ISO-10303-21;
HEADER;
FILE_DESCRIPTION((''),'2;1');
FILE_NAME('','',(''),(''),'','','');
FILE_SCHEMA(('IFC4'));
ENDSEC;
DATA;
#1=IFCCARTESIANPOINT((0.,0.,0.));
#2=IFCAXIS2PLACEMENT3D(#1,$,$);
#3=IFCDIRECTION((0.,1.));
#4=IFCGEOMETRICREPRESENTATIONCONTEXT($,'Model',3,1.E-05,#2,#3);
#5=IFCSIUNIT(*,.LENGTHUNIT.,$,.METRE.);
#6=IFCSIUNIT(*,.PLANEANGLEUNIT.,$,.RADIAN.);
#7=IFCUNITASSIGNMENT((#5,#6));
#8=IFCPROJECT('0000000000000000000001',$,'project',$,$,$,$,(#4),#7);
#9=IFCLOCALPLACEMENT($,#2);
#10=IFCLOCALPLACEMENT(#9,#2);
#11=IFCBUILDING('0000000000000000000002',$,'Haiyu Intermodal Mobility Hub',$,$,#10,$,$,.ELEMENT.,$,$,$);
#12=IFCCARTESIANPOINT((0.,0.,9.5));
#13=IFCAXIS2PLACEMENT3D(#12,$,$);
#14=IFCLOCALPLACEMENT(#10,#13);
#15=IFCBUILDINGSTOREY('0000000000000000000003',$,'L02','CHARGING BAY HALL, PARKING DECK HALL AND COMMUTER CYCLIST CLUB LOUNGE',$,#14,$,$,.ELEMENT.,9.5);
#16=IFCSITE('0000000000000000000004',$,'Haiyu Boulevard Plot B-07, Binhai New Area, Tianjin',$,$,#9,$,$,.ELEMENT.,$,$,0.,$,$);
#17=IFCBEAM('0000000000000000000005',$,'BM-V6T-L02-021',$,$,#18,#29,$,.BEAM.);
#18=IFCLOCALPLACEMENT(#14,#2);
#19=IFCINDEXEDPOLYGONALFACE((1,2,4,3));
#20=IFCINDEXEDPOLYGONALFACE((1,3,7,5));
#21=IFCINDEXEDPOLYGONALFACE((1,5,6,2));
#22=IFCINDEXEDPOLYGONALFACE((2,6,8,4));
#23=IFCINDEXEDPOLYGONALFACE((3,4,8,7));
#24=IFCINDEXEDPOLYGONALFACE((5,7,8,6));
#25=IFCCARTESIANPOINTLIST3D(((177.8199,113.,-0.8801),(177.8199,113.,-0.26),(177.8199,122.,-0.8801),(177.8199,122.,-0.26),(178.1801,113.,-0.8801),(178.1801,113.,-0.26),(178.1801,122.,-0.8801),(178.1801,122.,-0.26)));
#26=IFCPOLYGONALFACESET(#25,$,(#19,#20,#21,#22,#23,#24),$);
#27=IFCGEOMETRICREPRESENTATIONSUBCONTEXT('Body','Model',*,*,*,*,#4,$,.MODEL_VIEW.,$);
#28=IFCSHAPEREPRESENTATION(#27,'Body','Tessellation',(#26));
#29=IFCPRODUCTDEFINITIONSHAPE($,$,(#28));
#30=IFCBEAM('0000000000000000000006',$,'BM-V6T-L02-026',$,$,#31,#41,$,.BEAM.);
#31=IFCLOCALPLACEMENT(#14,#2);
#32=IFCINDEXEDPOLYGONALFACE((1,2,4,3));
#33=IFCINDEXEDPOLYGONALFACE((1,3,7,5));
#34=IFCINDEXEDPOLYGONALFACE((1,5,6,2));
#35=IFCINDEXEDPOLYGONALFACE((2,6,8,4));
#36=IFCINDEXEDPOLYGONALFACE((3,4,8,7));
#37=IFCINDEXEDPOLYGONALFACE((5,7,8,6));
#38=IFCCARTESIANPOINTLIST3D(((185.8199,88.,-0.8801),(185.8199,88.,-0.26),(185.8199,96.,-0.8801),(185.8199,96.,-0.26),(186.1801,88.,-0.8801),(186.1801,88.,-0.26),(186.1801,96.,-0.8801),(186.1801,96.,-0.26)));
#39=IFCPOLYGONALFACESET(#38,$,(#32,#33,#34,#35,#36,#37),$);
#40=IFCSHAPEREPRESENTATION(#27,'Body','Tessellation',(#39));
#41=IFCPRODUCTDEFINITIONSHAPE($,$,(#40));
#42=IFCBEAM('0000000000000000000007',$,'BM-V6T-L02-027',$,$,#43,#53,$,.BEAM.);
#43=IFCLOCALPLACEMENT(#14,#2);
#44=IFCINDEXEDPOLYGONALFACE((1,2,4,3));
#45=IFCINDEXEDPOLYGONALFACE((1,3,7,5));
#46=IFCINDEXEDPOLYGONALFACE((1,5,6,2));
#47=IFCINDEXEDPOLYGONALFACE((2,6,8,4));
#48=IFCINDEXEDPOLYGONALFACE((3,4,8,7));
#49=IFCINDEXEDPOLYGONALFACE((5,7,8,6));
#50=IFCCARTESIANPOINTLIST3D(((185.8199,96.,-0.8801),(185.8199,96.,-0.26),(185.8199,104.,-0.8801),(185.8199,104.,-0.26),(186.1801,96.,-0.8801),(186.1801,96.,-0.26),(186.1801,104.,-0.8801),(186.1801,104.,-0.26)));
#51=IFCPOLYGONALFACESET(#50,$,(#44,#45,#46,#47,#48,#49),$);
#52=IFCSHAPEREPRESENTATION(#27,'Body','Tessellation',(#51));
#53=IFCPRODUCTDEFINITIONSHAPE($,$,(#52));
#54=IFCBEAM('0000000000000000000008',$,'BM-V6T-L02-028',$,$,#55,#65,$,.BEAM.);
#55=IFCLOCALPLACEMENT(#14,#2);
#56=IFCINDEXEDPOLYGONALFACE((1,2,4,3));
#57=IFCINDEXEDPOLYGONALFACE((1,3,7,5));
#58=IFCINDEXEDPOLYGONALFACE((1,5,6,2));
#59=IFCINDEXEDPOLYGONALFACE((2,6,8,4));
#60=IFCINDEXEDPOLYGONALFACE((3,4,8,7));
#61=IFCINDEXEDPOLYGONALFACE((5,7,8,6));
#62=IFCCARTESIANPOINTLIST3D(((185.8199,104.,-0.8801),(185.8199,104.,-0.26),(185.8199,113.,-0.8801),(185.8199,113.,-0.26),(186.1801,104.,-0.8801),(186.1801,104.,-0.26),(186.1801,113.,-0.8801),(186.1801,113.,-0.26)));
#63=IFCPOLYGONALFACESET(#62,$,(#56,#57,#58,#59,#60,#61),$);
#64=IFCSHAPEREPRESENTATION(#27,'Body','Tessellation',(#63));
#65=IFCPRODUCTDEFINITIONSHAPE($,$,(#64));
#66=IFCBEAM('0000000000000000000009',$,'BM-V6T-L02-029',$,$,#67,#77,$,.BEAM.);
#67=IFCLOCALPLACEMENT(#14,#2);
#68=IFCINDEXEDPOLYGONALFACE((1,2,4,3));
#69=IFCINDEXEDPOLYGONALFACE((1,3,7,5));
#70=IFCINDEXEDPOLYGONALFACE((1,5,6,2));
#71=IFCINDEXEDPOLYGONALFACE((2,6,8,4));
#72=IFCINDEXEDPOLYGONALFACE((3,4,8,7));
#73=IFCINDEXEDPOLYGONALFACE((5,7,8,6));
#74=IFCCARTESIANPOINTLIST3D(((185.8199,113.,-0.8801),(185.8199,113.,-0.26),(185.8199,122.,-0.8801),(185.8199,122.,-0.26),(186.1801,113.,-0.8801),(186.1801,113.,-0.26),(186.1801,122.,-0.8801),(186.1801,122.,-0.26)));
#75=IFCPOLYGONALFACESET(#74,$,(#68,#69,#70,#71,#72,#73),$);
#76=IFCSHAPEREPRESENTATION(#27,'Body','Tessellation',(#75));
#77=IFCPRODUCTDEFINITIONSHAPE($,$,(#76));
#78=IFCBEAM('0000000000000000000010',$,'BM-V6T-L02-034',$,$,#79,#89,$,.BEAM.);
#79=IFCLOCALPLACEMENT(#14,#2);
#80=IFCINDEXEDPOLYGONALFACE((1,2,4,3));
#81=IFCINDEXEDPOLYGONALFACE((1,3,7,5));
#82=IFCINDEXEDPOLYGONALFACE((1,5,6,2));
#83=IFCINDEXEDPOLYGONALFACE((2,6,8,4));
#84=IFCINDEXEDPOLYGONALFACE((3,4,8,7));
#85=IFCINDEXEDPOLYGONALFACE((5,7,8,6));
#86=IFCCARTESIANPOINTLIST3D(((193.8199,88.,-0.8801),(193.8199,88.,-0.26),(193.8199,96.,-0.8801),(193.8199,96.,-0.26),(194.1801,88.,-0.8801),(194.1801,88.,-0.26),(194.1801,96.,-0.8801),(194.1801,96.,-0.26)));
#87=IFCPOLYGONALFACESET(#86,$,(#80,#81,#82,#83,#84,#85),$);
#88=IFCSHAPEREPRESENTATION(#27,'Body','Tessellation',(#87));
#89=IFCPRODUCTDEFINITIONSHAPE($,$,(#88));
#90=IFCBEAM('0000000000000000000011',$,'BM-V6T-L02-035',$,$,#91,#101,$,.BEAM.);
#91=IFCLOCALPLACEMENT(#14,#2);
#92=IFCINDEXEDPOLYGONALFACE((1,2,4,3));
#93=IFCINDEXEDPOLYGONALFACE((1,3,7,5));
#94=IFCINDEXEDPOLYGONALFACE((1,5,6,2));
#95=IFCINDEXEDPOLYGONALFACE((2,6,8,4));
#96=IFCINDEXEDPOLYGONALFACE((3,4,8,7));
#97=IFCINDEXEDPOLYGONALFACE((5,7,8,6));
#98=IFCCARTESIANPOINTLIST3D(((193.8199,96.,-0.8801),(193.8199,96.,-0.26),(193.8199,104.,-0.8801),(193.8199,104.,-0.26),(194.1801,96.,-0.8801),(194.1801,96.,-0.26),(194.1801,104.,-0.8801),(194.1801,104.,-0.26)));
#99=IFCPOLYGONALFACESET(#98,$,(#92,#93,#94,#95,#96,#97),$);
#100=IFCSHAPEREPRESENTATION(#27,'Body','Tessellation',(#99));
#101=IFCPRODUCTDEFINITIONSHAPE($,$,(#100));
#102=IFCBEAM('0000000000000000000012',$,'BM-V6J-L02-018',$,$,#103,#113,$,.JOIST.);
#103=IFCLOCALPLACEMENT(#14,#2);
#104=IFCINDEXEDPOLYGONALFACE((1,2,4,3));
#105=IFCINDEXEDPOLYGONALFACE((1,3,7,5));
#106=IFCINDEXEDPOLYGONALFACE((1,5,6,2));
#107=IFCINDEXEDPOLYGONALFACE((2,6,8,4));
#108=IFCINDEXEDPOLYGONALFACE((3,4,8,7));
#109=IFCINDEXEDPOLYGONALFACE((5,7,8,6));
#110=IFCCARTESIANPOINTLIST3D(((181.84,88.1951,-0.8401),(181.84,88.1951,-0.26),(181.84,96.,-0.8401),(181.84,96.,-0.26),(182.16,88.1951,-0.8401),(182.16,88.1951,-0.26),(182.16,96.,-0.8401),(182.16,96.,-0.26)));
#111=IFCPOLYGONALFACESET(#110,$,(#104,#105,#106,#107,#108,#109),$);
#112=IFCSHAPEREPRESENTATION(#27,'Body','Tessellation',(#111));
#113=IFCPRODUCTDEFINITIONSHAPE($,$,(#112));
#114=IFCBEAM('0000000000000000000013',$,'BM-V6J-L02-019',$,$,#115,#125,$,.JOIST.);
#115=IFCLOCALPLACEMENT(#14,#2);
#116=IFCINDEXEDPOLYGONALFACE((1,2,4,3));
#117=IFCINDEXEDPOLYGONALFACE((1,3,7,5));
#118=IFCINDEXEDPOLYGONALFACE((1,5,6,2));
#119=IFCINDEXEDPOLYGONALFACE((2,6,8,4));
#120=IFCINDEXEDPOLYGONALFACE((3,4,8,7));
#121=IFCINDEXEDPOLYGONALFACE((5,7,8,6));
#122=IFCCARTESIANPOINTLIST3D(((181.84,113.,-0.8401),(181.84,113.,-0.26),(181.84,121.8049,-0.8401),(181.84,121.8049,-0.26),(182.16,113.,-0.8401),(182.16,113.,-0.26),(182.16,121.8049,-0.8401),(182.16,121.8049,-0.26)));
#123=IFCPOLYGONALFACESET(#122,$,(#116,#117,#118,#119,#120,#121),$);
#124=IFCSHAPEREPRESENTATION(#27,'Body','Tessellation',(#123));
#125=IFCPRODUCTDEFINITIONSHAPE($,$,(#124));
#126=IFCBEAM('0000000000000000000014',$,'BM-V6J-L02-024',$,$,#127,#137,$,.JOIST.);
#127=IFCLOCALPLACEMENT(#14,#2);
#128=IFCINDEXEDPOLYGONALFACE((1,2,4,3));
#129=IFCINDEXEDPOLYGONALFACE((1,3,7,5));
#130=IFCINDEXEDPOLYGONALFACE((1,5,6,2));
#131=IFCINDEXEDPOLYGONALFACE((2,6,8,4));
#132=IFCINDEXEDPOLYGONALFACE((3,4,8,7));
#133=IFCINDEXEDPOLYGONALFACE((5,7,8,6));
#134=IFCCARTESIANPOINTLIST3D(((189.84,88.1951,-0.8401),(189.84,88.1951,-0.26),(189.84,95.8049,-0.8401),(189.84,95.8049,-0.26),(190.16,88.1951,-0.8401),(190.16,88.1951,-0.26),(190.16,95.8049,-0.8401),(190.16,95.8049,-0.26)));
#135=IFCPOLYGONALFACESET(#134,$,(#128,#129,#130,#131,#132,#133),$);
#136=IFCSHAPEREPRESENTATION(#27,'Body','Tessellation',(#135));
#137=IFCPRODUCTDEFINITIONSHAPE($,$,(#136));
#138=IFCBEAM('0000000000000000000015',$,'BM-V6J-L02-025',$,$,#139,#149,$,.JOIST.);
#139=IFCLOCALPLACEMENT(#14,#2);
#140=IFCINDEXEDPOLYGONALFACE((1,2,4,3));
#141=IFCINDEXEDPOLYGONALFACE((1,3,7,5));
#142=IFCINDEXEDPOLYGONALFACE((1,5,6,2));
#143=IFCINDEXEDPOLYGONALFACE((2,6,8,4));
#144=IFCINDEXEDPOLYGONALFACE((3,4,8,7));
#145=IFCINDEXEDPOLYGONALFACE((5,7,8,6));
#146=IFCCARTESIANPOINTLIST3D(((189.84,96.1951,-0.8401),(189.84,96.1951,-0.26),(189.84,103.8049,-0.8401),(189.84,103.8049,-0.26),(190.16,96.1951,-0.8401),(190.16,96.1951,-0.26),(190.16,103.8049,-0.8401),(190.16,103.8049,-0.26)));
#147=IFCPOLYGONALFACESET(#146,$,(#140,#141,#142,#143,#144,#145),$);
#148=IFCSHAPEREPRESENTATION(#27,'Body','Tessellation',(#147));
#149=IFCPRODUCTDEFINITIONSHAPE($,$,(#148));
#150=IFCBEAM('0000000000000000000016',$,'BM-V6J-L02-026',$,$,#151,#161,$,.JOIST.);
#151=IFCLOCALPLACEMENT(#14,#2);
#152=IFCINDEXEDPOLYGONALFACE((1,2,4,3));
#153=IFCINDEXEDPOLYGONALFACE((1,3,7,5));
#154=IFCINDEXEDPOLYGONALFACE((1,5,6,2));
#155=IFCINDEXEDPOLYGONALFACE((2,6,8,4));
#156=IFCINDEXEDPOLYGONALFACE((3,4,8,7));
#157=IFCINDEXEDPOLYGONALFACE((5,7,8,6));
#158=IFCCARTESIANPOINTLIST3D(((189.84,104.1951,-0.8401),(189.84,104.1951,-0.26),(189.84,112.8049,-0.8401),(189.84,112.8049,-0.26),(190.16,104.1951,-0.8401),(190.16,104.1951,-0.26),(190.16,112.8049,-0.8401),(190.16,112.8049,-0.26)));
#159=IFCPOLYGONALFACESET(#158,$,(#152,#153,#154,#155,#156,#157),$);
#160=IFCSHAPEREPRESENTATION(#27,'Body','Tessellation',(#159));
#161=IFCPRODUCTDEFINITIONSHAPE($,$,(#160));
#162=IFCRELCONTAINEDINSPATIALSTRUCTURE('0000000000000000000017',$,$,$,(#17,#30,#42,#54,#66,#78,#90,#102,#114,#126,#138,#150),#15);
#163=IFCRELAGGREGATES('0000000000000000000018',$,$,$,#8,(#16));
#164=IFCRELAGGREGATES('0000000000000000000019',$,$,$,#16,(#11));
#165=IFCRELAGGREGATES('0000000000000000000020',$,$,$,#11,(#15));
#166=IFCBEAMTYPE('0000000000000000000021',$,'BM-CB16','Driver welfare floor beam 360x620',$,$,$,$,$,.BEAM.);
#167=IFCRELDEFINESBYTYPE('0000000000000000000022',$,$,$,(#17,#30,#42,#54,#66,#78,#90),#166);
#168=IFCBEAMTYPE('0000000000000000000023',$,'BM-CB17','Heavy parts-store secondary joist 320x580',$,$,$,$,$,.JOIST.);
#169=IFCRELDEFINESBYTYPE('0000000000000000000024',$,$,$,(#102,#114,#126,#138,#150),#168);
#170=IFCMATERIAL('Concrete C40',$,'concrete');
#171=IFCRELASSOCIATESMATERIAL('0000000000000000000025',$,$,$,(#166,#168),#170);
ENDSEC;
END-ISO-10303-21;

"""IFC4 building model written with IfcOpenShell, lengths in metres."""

from ifc_helpers import new_model, si_unit, direction, frame, origin, origin_2d, place, context, subcontext, project, spatial, rectangle, extrude, material, material_profile, profile_set, type_object, element, save


model = new_model("IFC4")

# Units and contexts
model_context = context("Model", 3, precision=1e-05, world=origin(), true_north=direction((0.0, 1.0)))
body_context = subcontext(model_context, "Body", "Model", "MODEL_VIEW")
ifc_project = project(units=[si_unit("LENGTHUNIT", "METRE"), si_unit("PLANEANGLEUNIT", "RADIAN")], contexts=[model_context])

# Site, building, storey
site_placement = place(None, origin())
site = spatial("IfcSite", under=ifc_project, at=site_placement, Name="Haiyu Boulevard Plot B-07, Binhai New Area, Tianjin", CompositionType="ELEMENT", RefElevation=0.0)
building_placement = place(site_placement, origin())
building = spatial("IfcBuilding", under=site, at=building_placement, Name="Haiyu Intermodal Mobility Hub", CompositionType="ELEMENT")
storey_placement = place(building_placement, frame((0.0, 0.0, 9.5)))
storey = spatial("IfcBuildingStorey", under=building, at=storey_placement, Name="L02", Description="CHARGING BAY HALL, PARKING DECK HALL AND COMMUTER CYCLIST CLUB LOUNGE", CompositionType="ELEMENT", Elevation=9.5)

# Shared definitions
ifc_material = material(Name="Concrete C40", Category="concrete")

# Beams
ifc_material_profile_1 = material_profile(ifc_material, rectangle(XDim=0.3601, YDim=0.6201, at=origin_2d()), Name="B360x620")
ifc_profile_set_1 = profile_set([ifc_material_profile_1], Name="Concrete C40")
beam_type_1 = type_object("IfcBeamType", Name="BM-CB16", Description="Driver welfare floor beam 360x620", PredefinedType="BEAM", material=ifc_profile_set_1)
for number, where, z_axis, x_axis, name in (
    (1, (178.0, 113.0, -0.5701), (0.0, 1.0, 0.0), (-1.0, 0.0, 0.0), "BM-V6T-L02-021"),
):
    element("IfcBeam", number, at=place(storey_placement, frame(where, z_axis=z_axis, x_axis=x_axis)), inside=storey, type_object=beam_type_1, Name=name, PredefinedType="BEAM", context=body_context, shape_type="SweptSolid", body=[
        extrude(rectangle(XDim=0.3601, YDim=0.6201, at=origin_2d()), origin(), (0.0, 0.0, 1.0), 9.0),
    ])
for number, where, z_axis, x_axis, name in (
    (2, (186.0, 88.0, -0.5701), (0.0, 1.0, 0.0), (-1.0, 0.0, 0.0), "BM-V6T-L02-026"),
    (3, (186.0, 96.0, -0.5701), (0.0, 1.0, 0.0), (-1.0, 0.0, 0.0), "BM-V6T-L02-027"),
):
    element("IfcBeam", number, at=place(storey_placement, frame(where, z_axis=z_axis, x_axis=x_axis)), inside=storey, type_object=beam_type_1, Name=name, PredefinedType="BEAM", context=body_context, shape_type="SweptSolid", body=[
        extrude(rectangle(XDim=0.3601, YDim=0.6201, at=origin_2d()), origin(), (0.0, 0.0, 1.0), 8.0),
    ])
for number, where, z_axis, x_axis, name in (
    (4, (186.0, 104.0, -0.5701), (0.0, 1.0, 0.0), (-1.0, 0.0, 0.0), "BM-V6T-L02-028"),
    (5, (186.0, 113.0, -0.5701), (0.0, 1.0, 0.0), (-1.0, 0.0, 0.0), "BM-V6T-L02-029"),
):
    element("IfcBeam", number, at=place(storey_placement, frame(where, z_axis=z_axis, x_axis=x_axis)), inside=storey, type_object=beam_type_1, Name=name, PredefinedType="BEAM", context=body_context, shape_type="SweptSolid", body=[
        extrude(rectangle(XDim=0.3601, YDim=0.6201, at=origin_2d()), origin(), (0.0, 0.0, 1.0), 9.0),
    ])
for number, where, z_axis, x_axis, name in (
    (6, (194.0, 88.0, -0.5701), (0.0, 1.0, 0.0), (-1.0, 0.0, 0.0), "BM-V6T-L02-034"),
    (7, (194.0, 96.0, -0.5701), (0.0, 1.0, 0.0), (-1.0, 0.0, 0.0), "BM-V6T-L02-035"),
):
    element("IfcBeam", number, at=place(storey_placement, frame(where, z_axis=z_axis, x_axis=x_axis)), inside=storey, type_object=beam_type_1, Name=name, PredefinedType="BEAM", context=body_context, shape_type="SweptSolid", body=[
        extrude(rectangle(XDim=0.3601, YDim=0.6201, at=origin_2d()), origin(), (0.0, 0.0, 1.0), 8.0),
    ])
ifc_material_profile_2 = material_profile(ifc_material, rectangle(XDim=0.3201, YDim=0.5801, at=origin_2d()), Name="B320x580")
ifc_profile_set_2 = profile_set([ifc_material_profile_2], Name="Concrete C40")
beam_type_2 = type_object("IfcBeamType", Name="BM-CB17", Description="Heavy parts-store secondary joist 320x580", PredefinedType="JOIST", material=ifc_profile_set_2)
beam_1_placement = place(storey_placement, frame((182.0, 88.1951, -0.55), z_axis=(0.0, 1.0, 0.0), x_axis=(-1.0, 0.0, 0.0)))
element("IfcBeam", 8, at=beam_1_placement, inside=storey, type_object=beam_type_2, Name="BM-V6J-L02-018", PredefinedType="JOIST", context=body_context, shape_type="SweptSolid", body=[
    extrude(rectangle(XDim=0.3201, YDim=0.5801, at=origin_2d()), origin(), (0.0, 0.0, 1.0), 7.8049),
])
beam_2_placement = place(storey_placement, frame((182.0, 113.0, -0.55), z_axis=(0.0, 1.0, 0.0), x_axis=(-1.0, 0.0, 0.0)))
element("IfcBeam", 9, at=beam_2_placement, inside=storey, type_object=beam_type_2, Name="BM-V6J-L02-019", PredefinedType="JOIST", context=body_context, shape_type="SweptSolid", body=[
    extrude(rectangle(XDim=0.3201, YDim=0.5801, at=origin_2d()), origin(), (0.0, 0.0, 1.0), 8.8049),
])
for number, where, z_axis, x_axis, name in (
    (10, (190.0, 88.1951, -0.55), (0.0, 1.0, 0.0), (-1.0, 0.0, 0.0), "BM-V6J-L02-024"),
    (11, (190.0, 96.1951, -0.55), (0.0, 1.0, 0.0), (-1.0, 0.0, 0.0), "BM-V6J-L02-025"),
):
    element("IfcBeam", number, at=place(storey_placement, frame(where, z_axis=z_axis, x_axis=x_axis)), inside=storey, type_object=beam_type_2, Name=name, PredefinedType="JOIST", context=body_context, shape_type="SweptSolid", body=[
        extrude(rectangle(XDim=0.3201, YDim=0.5801, at=origin_2d()), origin(), (0.0, 0.0, 1.0), 7.6099),
    ])
beam_3_placement = place(storey_placement, frame((190.0, 104.1951, -0.55), z_axis=(0.0, 1.0, 0.0), x_axis=(-1.0, 0.0, 0.0)))
element("IfcBeam", 12, at=beam_3_placement, inside=storey, type_object=beam_type_2, Name="BM-V6J-L02-026", PredefinedType="JOIST", context=body_context, shape_type="SweptSolid", body=[
    extrude(rectangle(XDim=0.3201, YDim=0.5801, at=origin_2d()), origin(), (0.0, 0.0, 1.0), 8.6099),
])

save(model, "model.ifc")
